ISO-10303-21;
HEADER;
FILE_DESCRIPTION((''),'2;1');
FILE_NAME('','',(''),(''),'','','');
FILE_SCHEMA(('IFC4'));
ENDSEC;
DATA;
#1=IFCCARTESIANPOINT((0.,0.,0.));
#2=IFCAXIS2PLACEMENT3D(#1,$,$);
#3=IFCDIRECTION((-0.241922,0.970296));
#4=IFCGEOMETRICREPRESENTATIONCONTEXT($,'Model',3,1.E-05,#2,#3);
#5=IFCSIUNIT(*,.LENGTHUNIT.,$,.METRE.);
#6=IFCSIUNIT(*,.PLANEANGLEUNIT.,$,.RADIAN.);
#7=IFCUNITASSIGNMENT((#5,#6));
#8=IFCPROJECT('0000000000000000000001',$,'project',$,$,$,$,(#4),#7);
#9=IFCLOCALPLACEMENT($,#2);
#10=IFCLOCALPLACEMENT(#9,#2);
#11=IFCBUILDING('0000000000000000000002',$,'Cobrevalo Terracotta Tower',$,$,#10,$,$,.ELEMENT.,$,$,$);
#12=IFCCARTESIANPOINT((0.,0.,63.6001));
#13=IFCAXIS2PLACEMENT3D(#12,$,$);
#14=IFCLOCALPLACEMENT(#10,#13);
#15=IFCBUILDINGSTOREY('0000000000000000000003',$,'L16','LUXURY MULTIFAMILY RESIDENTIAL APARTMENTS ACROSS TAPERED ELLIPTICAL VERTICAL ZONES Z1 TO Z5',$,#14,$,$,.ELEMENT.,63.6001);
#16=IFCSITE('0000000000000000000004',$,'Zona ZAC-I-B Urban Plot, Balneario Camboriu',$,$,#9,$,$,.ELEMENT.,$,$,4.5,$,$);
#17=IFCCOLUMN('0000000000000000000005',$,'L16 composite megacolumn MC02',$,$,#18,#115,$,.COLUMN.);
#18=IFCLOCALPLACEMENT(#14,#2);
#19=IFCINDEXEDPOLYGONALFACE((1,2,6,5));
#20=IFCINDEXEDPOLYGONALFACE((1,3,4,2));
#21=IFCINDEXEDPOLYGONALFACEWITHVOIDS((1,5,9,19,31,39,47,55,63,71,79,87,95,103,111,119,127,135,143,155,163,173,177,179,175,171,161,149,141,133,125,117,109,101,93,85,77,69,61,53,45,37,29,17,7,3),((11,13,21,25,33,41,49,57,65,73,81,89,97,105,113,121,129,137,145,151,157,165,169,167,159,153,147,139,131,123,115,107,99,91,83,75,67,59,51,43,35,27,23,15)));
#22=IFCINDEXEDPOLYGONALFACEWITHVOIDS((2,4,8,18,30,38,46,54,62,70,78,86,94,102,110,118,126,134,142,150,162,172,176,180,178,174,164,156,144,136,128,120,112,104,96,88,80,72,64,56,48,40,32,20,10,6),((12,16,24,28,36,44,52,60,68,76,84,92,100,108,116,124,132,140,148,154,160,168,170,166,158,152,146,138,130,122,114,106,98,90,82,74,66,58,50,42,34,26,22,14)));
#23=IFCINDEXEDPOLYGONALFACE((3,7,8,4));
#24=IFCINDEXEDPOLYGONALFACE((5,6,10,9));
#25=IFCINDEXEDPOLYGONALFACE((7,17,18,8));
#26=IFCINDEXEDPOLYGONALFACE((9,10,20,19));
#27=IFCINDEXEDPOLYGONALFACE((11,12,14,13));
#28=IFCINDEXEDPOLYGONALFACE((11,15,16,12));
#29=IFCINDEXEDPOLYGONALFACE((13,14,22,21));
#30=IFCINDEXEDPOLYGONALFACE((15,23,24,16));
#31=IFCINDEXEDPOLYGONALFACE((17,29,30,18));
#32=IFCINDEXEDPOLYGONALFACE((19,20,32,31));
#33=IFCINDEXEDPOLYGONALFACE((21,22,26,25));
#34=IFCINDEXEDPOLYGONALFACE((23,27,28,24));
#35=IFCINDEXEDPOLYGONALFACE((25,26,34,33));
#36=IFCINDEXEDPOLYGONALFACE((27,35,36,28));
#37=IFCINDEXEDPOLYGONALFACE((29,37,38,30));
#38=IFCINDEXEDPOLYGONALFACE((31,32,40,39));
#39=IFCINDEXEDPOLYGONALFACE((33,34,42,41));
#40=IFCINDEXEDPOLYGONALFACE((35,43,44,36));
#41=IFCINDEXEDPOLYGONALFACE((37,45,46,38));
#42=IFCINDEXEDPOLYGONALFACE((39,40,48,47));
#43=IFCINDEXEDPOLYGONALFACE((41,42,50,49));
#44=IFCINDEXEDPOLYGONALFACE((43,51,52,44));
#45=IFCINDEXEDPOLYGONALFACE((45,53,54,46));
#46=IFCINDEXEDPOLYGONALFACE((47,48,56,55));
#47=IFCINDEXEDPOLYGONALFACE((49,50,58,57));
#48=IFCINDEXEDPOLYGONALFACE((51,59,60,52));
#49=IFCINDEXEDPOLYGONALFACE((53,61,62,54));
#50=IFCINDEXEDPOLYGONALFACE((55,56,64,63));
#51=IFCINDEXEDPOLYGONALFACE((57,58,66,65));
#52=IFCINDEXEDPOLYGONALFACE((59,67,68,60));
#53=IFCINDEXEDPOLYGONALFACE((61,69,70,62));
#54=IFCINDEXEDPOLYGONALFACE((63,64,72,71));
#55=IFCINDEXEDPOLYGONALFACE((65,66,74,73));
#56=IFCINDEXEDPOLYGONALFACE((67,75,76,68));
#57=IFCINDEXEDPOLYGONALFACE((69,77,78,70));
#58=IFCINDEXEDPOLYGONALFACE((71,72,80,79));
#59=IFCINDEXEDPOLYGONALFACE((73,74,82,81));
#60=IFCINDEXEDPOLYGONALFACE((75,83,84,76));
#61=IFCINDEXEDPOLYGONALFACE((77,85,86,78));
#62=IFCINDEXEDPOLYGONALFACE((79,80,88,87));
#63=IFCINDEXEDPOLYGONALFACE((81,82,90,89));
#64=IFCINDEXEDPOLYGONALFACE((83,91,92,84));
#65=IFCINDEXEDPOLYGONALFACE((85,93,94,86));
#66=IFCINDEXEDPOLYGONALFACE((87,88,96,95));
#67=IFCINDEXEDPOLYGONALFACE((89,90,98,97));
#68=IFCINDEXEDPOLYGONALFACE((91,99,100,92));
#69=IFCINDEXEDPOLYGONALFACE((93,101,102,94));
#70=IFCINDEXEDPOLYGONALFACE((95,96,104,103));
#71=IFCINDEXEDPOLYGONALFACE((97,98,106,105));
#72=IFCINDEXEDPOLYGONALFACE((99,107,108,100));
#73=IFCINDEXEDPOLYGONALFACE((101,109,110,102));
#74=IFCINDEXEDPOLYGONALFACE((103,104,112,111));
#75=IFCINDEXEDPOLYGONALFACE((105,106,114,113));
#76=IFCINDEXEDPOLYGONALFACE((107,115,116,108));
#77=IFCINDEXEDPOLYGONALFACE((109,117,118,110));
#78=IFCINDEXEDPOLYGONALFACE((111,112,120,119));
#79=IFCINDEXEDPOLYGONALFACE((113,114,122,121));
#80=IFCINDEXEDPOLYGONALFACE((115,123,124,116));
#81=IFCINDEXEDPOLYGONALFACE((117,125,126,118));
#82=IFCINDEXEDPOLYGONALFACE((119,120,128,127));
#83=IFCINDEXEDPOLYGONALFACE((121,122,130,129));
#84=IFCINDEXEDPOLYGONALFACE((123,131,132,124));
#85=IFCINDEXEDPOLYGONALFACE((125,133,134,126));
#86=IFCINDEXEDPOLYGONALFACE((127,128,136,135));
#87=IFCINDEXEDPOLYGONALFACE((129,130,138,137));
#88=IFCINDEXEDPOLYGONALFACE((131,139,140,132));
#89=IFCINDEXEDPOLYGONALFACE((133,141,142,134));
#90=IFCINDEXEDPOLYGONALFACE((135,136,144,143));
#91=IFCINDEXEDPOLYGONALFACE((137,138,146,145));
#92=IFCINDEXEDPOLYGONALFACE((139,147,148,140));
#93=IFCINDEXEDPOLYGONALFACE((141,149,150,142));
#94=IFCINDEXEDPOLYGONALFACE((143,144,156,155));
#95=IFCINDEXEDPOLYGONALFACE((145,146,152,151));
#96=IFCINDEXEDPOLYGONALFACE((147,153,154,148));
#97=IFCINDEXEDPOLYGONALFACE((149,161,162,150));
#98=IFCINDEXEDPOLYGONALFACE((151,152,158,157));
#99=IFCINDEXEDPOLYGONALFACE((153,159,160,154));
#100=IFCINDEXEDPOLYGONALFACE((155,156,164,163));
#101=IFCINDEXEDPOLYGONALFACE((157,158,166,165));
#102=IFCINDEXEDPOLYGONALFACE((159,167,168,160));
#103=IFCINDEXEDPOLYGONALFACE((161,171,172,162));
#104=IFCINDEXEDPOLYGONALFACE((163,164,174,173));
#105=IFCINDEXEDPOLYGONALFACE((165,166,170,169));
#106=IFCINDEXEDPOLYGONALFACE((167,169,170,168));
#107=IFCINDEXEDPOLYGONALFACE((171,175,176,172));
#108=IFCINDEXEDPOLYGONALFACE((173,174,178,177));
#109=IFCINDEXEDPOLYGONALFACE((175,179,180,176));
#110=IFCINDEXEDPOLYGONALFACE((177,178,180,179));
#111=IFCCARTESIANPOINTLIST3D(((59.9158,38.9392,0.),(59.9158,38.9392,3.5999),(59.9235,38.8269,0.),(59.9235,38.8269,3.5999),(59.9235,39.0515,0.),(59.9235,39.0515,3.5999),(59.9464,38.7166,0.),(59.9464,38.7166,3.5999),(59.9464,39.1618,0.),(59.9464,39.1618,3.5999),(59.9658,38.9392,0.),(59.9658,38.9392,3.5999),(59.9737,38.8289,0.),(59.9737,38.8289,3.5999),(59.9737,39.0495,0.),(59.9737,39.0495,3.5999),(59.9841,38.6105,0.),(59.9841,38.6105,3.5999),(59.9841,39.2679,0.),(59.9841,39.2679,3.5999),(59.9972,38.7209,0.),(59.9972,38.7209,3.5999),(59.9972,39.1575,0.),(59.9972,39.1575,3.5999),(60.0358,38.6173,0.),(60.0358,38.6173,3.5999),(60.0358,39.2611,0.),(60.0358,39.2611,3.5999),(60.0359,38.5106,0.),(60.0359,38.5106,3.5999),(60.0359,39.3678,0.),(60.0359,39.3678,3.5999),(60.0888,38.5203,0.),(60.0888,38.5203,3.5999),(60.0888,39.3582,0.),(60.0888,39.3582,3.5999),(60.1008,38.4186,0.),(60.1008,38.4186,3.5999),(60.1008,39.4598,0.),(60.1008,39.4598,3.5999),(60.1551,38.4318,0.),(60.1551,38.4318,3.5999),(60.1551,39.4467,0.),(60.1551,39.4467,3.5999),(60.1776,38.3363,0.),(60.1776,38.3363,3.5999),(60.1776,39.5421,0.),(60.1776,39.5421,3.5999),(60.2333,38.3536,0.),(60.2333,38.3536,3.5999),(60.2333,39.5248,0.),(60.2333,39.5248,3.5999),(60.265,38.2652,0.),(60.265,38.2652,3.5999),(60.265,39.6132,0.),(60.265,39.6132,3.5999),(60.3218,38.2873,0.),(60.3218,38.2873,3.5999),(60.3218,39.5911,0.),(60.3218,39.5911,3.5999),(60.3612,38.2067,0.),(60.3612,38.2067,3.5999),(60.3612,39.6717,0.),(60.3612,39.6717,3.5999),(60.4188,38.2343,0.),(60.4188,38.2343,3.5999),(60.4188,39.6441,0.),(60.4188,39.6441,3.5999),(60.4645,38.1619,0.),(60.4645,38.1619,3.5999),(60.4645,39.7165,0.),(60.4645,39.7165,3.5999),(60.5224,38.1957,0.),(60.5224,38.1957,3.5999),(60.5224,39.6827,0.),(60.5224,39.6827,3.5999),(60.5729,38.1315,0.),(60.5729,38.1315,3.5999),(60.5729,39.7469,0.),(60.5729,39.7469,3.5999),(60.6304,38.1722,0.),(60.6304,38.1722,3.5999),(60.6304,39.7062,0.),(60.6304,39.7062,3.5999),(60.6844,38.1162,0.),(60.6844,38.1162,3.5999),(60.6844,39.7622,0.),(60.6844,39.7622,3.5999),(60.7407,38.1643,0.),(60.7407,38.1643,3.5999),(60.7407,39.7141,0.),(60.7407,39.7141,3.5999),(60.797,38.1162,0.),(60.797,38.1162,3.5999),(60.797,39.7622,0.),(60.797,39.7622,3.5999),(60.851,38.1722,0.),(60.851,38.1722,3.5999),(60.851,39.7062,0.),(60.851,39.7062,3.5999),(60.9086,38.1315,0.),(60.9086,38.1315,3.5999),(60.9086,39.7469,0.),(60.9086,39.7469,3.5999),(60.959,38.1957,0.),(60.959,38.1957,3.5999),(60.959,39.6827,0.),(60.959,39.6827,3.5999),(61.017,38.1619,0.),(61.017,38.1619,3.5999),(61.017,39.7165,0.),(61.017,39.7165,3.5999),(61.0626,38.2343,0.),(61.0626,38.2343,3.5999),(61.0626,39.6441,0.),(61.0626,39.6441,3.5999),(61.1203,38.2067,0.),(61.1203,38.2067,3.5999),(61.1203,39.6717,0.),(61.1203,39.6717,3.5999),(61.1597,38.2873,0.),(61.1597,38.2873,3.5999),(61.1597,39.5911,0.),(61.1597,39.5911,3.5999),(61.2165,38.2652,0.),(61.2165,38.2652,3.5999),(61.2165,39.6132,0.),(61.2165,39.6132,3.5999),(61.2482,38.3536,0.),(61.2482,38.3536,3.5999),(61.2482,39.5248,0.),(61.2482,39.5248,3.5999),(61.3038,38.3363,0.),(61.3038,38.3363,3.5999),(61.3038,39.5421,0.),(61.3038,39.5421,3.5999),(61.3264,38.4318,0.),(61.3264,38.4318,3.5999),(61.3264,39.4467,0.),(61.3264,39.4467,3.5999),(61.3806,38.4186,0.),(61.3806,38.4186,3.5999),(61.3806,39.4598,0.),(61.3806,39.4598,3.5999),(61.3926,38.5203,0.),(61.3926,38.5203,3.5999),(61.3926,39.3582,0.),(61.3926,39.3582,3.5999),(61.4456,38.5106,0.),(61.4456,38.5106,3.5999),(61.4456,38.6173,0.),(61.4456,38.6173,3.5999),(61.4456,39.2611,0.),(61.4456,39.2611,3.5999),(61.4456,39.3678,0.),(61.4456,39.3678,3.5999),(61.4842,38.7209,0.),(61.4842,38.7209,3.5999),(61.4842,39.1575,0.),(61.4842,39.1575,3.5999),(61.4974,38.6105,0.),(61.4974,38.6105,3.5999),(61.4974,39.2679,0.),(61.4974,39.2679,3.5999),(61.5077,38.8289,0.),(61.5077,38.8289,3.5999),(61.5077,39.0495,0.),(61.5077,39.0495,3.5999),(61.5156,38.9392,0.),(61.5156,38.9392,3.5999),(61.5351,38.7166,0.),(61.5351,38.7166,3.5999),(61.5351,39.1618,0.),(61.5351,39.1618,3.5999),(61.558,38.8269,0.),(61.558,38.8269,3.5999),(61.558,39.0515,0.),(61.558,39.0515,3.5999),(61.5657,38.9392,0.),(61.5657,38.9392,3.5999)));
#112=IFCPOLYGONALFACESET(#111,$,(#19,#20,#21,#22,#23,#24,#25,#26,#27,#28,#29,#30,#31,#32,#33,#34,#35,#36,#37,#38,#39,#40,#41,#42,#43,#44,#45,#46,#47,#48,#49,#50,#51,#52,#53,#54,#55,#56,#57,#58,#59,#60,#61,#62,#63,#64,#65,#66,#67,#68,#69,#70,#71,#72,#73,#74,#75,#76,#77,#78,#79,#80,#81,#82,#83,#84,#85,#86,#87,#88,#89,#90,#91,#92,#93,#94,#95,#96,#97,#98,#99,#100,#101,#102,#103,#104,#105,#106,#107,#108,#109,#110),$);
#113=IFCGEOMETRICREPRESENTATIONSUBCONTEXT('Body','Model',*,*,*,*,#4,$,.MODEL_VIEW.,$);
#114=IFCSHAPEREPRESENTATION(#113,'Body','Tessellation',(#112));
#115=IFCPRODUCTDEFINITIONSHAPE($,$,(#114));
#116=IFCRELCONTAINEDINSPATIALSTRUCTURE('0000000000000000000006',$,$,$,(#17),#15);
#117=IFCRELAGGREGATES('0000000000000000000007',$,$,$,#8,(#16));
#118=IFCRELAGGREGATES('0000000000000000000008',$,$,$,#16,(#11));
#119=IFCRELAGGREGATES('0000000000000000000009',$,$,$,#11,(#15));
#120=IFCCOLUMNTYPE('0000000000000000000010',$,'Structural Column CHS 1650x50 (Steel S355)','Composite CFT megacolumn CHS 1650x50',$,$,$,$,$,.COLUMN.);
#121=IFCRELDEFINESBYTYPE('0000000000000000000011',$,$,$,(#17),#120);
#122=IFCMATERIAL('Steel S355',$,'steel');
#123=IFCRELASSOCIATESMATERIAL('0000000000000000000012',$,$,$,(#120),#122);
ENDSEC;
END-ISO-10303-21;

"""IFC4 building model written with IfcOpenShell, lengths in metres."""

from ifc_helpers import new_model, si_unit, direction, frame, origin, origin_2d, place, context, subcontext, project, spatial, hollow_circle, extrude, material, material_profile, profile_set, type_object, element, save


model = new_model("IFC4")

# Units and contexts
model_context = context("Model", 3, precision=1e-05, world=origin(), true_north=direction((-0.241922, 0.970296)))
body_context = subcontext(model_context, "Body", "Model", "MODEL_VIEW")
ifc_project = project(units=[si_unit("LENGTHUNIT", "METRE"), si_unit("PLANEANGLEUNIT", "RADIAN")], contexts=[model_context])

# Site, building, storey
site_placement = place(None, origin())
site = spatial("IfcSite", under=ifc_project, at=site_placement, Name="Zona ZAC-I-B Urban Plot, Balneario Camboriu", CompositionType="ELEMENT", RefElevation=4.5)
building_placement = place(site_placement, origin())
building = spatial("IfcBuilding", under=site, at=building_placement, Name="Cobrevalo Terracotta Tower", CompositionType="ELEMENT")
storey_placement = place(building_placement, frame((0.0, 0.0, 63.6001)))
storey = spatial("IfcBuildingStorey", under=building, at=storey_placement, Name="L16", Description="LUXURY MULTIFAMILY RESIDENTIAL APARTMENTS ACROSS TAPERED ELLIPTICAL VERTICAL ZONES Z1 TO Z5", CompositionType="ELEMENT", Elevation=63.6001)

# Column
ifc_material_1 = material(Name="Steel S355", Category="steel")
ifc_material_profile_1 = material_profile(ifc_material_1, hollow_circle(Radius=0.825, WallThickness=0.05, at=origin_2d()), Name="CHS 1650x50")
ifc_profile_set_1 = profile_set([ifc_material_profile_1], Name="Steel S355")
column_type = type_object("IfcColumnType", Name="Structural Column CHS 1650x50 (Steel S355)", Description="Composite CFT megacolumn CHS 1650x50", PredefinedType="COLUMN", material=ifc_profile_set_1)
for number, where, z_axis, x_axis, name in (
    (1, (60.7407, 38.9392, 0.0), (0.0, 0.0, 1.0), (1.0, 0.0, 0.0), "L16 composite megacolumn MC02"),
):
    element("IfcColumn", number, at=place(storey_placement, frame(where, z_axis=z_axis, x_axis=x_axis)), inside=storey, type_object=column_type, Name=name, PredefinedType="COLUMN", context=body_context, shape_type="SweptSolid", body=[
        extrude(hollow_circle(Radius=0.825, WallThickness=0.05, at=origin_2d()), origin(), (0.0, 0.0, 1.0), 3.5999),
    ])

save(model, "model.ifc")
